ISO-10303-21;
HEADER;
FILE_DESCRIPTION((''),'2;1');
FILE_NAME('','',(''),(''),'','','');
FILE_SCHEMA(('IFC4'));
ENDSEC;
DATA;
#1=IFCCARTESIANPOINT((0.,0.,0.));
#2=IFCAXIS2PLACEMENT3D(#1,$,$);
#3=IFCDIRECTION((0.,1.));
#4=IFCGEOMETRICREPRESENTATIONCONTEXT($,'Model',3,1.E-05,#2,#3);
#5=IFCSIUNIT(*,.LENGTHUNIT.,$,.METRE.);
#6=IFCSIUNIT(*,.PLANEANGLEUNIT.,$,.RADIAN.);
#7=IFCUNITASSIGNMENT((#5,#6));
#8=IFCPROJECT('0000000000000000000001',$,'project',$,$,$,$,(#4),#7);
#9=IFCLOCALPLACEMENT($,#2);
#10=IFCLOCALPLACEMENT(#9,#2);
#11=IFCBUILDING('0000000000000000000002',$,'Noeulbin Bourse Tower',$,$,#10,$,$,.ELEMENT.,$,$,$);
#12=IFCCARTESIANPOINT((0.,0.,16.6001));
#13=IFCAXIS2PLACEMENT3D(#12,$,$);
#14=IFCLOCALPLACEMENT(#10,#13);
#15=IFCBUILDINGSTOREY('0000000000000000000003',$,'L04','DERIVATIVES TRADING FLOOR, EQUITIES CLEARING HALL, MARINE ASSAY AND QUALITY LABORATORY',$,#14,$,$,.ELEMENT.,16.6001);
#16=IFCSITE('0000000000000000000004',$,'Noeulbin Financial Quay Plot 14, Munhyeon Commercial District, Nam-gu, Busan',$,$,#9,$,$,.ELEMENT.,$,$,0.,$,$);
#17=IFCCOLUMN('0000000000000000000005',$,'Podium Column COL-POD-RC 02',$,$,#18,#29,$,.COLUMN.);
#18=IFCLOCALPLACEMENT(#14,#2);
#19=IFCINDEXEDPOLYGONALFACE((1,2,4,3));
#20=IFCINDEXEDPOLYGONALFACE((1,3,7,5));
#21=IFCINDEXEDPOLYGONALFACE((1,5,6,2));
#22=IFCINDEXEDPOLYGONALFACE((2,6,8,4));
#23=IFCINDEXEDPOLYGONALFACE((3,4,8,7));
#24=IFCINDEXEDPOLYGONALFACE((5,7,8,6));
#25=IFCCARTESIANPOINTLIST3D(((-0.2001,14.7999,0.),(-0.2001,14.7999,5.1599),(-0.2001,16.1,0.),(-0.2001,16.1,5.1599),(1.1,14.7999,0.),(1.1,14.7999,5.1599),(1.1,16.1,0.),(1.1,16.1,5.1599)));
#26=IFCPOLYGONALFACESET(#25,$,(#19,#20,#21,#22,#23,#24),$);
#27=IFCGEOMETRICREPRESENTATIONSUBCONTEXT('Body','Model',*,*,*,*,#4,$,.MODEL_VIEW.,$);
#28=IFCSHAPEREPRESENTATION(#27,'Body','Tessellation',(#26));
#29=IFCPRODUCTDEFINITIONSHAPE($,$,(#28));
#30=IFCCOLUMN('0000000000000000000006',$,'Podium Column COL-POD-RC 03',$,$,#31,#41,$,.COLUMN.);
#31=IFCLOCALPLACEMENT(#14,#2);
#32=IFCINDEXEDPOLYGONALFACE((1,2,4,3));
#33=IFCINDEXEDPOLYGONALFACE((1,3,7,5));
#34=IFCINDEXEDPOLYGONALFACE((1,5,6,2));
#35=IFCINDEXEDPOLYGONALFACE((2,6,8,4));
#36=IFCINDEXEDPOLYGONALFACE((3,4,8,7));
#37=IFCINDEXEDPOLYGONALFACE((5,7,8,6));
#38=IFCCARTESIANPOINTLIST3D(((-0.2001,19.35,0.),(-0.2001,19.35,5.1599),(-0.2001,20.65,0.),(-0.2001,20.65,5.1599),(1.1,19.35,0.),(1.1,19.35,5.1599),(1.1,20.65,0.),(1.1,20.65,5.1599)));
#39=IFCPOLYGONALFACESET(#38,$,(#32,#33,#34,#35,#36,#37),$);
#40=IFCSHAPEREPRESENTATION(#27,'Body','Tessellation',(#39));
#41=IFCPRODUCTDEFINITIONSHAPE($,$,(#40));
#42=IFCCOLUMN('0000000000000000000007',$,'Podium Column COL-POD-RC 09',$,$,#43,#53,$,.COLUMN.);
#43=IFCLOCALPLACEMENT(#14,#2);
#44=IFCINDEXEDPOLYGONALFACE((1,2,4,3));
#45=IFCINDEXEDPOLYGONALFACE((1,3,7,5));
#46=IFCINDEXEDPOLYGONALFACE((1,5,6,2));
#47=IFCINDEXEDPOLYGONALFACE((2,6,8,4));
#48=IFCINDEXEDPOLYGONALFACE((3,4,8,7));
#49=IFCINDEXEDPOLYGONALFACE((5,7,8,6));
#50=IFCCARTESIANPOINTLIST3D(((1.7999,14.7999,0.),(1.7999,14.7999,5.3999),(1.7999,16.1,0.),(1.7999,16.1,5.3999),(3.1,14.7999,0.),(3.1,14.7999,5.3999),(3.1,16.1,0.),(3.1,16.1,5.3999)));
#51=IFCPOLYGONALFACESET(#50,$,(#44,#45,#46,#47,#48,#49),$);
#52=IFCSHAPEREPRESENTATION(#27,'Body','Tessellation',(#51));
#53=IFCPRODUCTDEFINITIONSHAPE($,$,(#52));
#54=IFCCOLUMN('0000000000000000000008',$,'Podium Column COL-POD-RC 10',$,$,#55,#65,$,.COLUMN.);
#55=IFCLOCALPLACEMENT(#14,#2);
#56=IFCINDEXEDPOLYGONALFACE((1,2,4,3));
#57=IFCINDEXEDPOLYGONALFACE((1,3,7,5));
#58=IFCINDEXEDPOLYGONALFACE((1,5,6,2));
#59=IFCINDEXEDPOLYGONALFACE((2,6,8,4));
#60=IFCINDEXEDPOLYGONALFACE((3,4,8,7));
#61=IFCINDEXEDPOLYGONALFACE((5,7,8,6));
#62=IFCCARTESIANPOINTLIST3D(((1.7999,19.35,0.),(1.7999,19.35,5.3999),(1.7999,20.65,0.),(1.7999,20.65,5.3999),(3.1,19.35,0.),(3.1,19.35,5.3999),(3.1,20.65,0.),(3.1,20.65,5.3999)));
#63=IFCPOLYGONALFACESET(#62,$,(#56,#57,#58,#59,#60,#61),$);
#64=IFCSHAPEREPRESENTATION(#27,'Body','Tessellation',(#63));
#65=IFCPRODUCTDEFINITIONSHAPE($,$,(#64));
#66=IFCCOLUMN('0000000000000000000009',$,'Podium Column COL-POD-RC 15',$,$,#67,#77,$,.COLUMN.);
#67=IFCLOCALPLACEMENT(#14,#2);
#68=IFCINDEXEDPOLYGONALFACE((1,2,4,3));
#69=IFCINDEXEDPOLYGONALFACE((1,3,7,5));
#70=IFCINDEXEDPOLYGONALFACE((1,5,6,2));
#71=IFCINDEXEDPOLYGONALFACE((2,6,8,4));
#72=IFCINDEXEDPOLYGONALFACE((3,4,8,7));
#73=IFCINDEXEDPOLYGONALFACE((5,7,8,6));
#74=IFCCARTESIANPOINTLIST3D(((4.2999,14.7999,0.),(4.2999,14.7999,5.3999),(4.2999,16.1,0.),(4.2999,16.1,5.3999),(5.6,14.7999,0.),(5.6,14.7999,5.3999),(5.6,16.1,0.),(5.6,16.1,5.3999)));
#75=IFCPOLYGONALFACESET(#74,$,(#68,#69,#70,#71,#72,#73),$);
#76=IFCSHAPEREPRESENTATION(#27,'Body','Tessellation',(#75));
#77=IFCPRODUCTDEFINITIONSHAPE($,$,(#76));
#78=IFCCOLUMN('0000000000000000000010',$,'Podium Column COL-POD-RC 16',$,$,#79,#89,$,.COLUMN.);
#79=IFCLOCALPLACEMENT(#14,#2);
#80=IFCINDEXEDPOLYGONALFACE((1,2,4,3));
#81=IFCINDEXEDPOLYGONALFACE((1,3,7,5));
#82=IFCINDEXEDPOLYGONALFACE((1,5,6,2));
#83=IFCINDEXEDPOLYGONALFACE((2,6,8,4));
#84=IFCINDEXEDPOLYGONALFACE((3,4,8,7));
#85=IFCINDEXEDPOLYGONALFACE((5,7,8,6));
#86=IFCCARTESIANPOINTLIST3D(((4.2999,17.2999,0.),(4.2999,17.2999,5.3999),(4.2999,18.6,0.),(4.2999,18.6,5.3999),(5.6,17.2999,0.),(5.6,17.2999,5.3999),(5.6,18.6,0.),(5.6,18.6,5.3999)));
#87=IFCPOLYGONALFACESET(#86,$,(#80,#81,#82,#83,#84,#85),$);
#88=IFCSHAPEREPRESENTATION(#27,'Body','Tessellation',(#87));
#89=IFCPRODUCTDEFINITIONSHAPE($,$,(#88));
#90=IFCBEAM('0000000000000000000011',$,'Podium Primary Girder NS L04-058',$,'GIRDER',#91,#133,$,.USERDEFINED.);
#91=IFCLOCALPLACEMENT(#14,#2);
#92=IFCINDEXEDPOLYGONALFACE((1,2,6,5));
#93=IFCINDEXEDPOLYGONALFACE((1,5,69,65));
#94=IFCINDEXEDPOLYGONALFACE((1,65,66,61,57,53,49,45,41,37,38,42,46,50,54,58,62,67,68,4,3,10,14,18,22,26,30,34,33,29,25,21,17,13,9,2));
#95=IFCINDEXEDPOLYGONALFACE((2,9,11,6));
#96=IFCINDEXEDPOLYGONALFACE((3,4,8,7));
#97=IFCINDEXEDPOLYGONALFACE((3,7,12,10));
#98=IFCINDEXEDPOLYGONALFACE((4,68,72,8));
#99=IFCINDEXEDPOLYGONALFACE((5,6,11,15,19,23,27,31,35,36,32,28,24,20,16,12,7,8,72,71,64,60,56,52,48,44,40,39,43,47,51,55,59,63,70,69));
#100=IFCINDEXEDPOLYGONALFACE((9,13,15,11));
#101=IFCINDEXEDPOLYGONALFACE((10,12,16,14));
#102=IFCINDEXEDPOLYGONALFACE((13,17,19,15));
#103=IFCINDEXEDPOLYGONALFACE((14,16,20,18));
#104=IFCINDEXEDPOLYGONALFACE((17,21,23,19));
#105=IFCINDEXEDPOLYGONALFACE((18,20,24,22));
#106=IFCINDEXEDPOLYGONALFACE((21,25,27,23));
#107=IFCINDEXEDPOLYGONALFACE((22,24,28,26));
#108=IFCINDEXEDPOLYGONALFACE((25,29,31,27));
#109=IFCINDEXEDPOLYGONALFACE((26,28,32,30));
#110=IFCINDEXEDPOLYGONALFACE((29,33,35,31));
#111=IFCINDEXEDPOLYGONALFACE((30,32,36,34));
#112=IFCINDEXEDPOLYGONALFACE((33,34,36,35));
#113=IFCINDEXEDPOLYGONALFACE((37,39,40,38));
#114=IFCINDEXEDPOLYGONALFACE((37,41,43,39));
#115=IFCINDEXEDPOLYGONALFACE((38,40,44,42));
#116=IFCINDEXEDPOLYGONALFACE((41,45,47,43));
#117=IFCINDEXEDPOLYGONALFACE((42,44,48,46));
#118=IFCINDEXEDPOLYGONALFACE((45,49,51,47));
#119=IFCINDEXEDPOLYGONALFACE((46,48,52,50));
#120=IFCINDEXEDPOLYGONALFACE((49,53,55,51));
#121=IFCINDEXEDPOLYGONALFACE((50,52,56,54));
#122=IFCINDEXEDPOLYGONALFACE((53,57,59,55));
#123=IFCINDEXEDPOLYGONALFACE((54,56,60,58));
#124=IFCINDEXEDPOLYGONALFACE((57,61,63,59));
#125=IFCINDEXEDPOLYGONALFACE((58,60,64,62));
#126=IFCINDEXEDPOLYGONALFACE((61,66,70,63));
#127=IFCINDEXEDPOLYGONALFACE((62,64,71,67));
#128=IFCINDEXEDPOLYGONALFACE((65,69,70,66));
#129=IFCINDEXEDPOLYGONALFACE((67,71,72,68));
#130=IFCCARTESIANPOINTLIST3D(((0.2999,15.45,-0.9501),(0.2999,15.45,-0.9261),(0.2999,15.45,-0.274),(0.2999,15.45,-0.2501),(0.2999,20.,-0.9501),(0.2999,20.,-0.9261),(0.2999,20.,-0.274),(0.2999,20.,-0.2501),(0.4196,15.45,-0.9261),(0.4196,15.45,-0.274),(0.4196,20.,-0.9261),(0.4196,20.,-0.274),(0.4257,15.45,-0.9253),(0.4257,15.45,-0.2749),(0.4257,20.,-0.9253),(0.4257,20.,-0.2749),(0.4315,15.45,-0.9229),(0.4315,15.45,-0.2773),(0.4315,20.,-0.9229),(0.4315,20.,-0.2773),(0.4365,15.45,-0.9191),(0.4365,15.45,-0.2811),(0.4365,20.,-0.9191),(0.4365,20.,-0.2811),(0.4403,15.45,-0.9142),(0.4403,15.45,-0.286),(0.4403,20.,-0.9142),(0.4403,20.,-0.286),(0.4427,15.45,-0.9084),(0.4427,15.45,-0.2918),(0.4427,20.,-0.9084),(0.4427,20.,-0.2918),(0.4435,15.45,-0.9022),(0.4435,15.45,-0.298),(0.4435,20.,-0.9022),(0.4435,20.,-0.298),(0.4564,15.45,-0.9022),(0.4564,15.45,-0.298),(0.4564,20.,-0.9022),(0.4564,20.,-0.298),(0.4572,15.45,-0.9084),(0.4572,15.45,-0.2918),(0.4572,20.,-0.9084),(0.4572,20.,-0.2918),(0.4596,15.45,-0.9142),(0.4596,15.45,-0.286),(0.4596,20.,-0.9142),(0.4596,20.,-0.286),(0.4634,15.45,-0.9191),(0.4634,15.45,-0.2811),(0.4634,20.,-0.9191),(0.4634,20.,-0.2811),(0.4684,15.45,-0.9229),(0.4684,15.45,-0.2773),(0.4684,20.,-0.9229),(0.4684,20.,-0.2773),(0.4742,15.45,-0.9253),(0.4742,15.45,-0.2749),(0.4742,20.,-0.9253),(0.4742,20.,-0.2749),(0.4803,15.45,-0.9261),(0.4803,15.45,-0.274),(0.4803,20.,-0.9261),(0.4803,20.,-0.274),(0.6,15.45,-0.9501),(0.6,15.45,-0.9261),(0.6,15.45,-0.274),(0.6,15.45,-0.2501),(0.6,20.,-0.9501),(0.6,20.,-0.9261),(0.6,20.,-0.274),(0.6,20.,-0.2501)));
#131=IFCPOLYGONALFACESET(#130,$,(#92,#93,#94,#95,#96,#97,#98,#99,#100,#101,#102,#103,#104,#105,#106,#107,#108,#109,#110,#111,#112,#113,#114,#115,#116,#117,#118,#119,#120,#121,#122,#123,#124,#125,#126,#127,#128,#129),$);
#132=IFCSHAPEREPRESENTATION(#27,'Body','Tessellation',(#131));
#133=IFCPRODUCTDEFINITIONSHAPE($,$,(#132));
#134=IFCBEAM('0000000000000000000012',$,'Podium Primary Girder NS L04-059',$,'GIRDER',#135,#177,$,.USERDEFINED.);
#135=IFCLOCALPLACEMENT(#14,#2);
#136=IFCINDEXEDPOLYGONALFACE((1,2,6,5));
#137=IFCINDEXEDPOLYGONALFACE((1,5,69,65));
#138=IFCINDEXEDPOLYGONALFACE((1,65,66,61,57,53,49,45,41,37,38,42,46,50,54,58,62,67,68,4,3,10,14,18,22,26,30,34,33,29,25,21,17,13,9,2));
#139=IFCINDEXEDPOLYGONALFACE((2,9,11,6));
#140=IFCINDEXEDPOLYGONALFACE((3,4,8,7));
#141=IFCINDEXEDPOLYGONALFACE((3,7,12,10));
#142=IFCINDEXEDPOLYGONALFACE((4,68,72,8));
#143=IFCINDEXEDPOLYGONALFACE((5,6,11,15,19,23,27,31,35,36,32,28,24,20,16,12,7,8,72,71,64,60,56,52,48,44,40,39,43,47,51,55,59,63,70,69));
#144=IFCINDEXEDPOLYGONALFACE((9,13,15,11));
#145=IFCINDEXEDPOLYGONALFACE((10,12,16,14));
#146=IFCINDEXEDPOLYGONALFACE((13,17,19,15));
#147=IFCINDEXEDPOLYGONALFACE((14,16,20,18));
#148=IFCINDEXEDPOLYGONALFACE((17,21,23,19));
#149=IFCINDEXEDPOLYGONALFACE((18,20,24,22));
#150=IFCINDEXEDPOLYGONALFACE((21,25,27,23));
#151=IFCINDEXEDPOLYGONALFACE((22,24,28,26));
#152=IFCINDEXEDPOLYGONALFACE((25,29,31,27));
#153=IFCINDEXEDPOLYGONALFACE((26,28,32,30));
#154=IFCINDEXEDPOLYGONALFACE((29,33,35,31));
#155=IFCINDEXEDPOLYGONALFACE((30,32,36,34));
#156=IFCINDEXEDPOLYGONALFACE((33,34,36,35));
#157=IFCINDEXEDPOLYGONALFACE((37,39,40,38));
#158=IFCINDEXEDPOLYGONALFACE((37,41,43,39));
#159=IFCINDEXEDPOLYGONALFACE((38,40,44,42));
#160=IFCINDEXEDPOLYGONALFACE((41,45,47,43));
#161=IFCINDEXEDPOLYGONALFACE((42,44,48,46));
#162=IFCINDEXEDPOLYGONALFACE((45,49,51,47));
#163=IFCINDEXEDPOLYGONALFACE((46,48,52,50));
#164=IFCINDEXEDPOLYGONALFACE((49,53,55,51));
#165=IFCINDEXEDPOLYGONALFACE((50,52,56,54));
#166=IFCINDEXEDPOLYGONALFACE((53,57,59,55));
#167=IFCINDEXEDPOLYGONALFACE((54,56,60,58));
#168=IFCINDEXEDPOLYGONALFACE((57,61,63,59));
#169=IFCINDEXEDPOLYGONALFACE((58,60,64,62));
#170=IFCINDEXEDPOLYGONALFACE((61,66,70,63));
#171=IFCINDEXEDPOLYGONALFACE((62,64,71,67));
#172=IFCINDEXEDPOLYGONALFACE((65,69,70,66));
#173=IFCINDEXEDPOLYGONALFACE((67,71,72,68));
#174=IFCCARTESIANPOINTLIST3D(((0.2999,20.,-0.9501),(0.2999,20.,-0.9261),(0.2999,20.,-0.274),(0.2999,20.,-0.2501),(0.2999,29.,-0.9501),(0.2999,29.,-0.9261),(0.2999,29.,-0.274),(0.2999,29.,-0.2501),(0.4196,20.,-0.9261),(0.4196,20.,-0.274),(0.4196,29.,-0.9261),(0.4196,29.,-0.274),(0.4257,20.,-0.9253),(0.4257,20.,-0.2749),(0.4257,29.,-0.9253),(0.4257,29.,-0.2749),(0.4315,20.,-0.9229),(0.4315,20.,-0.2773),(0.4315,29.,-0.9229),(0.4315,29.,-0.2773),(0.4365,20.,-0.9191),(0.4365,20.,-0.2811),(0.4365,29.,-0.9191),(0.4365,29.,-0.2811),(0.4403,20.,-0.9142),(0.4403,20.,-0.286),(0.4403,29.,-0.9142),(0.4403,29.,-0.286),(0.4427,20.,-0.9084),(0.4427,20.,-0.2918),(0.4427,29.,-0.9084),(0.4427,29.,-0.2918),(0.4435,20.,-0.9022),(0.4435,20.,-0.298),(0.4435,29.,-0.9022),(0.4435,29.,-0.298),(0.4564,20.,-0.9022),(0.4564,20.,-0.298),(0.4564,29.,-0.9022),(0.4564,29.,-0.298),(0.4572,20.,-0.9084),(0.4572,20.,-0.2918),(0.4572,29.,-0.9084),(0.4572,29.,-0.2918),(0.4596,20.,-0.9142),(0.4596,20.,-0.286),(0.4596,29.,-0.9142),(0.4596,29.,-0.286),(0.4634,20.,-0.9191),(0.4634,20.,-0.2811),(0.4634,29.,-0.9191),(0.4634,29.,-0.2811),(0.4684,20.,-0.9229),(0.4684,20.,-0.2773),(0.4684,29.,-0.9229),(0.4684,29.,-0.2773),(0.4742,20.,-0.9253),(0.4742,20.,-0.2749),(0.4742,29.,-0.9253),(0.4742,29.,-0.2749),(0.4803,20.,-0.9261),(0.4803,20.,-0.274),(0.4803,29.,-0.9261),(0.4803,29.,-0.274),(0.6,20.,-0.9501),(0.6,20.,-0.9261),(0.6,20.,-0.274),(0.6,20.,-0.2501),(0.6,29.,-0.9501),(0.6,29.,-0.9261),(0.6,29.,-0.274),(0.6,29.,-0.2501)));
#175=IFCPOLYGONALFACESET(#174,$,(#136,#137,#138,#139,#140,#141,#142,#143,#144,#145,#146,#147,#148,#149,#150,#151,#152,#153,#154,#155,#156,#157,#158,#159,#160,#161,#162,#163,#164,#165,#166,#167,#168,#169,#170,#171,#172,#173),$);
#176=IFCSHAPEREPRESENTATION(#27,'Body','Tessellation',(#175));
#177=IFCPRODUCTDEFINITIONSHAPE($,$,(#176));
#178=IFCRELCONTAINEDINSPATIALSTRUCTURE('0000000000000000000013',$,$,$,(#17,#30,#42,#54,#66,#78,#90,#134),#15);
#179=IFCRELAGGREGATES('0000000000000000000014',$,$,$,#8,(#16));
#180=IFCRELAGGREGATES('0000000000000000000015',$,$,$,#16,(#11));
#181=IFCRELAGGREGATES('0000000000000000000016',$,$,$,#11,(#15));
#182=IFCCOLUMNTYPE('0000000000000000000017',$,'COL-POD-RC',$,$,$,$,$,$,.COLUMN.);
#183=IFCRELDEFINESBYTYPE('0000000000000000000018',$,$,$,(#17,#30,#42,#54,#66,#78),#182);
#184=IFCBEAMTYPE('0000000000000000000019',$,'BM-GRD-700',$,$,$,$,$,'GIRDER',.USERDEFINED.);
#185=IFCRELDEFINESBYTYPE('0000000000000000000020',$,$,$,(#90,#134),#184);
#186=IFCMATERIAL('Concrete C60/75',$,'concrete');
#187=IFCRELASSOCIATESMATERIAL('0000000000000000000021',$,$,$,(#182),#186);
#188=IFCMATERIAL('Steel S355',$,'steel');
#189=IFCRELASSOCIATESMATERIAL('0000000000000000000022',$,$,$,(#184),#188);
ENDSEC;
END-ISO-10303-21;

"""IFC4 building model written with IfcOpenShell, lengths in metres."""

from ifc_helpers import new_model, si_unit, direction, frame, origin, origin_2d, place, context, subcontext, project, spatial, rectangle, i_section, extrude, material, material_profile, profile_set, type_object, element, save


model = new_model("IFC4")

# Units and contexts
model_context = context("Model", 3, precision=1e-05, world=origin(), true_north=direction((0.0, 1.0)))
body_context = subcontext(model_context, "Body", "Model", "MODEL_VIEW")
ifc_project = project(units=[si_unit("LENGTHUNIT", "METRE"), si_unit("PLANEANGLEUNIT", "RADIAN")], contexts=[model_context])

# Site, building, storey
site_placement = place(None, origin())
site = spatial("IfcSite", under=ifc_project, at=site_placement, Name="Noeulbin Financial Quay Plot 14, Munhyeon Commercial District, Nam-gu, Busan", CompositionType="ELEMENT", RefElevation=0.0)
building_placement = place(site_placement, origin())
building = spatial("IfcBuilding", under=site, at=building_placement, Name="Noeulbin Bourse Tower", CompositionType="ELEMENT")
storey_placement = place(building_placement, frame((0.0, 0.0, 16.6001)))
storey = spatial("IfcBuildingStorey", under=building, at=storey_placement, Name="L04", Description="DERIVATIVES TRADING FLOOR, EQUITIES CLEARING HALL, MARINE ASSAY AND QUALITY LABORATORY", CompositionType="ELEMENT", Elevation=16.6001)

# Columns
ifc_material_1 = material(Name="Concrete C60/75", Category="concrete")
ifc_material_profile_1 = material_profile(ifc_material_1, rectangle(XDim=1.3, YDim=1.3, at=origin_2d()), Name="RC-COL-1300x1300", Category="LoadBearing")
ifc_profile_set_1 = profile_set([ifc_material_profile_1], Name="Concrete C60/75")
column_type = type_object("IfcColumnType", Name="COL-POD-RC", PredefinedType="COLUMN", material=ifc_profile_set_1)
for number, where, z_axis, x_axis, name in (
    (1, (0.45, 15.45, 0.0), (0.0, 0.0, 1.0), (1.0, 0.0, 0.0), "Podium Column COL-POD-RC 02"),
    (2, (0.45, 20.0, 0.0), (0.0, 0.0, 1.0), (1.0, 0.0, 0.0), "Podium Column COL-POD-RC 03"),
):
    element("IfcColumn", number, at=place(storey_placement, frame(where, z_axis=z_axis, x_axis=x_axis)), inside=storey, type_object=column_type, Name=name, PredefinedType="COLUMN", context=body_context, shape_type="SweptSolid", body=[
        extrude(rectangle(XDim=1.3, YDim=1.3, at=origin_2d()), origin(), (0.0, 0.0, 1.0), 5.1599),
    ])
for number, where, z_axis, x_axis, name in (
    (3, (2.45, 15.45, 0.0), (0.0, 0.0, 1.0), (1.0, 0.0, 0.0), "Podium Column COL-POD-RC 09"),
    (4, (2.45, 20.0, 0.0), (0.0, 0.0, 1.0), (1.0, 0.0, 0.0), "Podium Column COL-POD-RC 10"),
    (5, (4.95, 15.45, 0.0), (0.0, 0.0, 1.0), (1.0, 0.0, 0.0), "Podium Column COL-POD-RC 15"),
    (6, (4.95, 17.95, 0.0), (0.0, 0.0, 1.0), (1.0, 0.0, 0.0), "Podium Column COL-POD-RC 16"),
):
    element("IfcColumn", number, at=place(storey_placement, frame(where, z_axis=z_axis, x_axis=x_axis)), inside=storey, type_object=column_type, Name=name, PredefinedType="COLUMN", context=body_context, shape_type="SweptSolid", body=[
        extrude(rectangle(XDim=1.3, YDim=1.3, at=origin_2d()), origin(), (0.0, 0.0, 1.0), 5.3999),
    ])

# Beams
ifc_material_2 = material(Name="Steel S355", Category="steel")
ifc_material_profile_2 = material_profile(ifc_material_2, i_section(OverallWidth=0.3, OverallDepth=0.7, WebThickness=0.0129, FlangeThickness=0.0239, FilletRadius=0.0239, at=origin_2d()), Name="H-700x300x13x24", Category="LoadBearing")
ifc_profile_set_2 = profile_set([ifc_material_profile_2], Name="Steel S355")
beam_type_1 = type_object("IfcBeamType", Name="BM-GRD-700", ElementType="GIRDER", PredefinedType="USERDEFINED", material=ifc_profile_set_2)
beam_1_placement = place(storey_placement, frame((0.45, 15.45, -0.6001), z_axis=(0.0, 1.0, 0.0), x_axis=(-1.0, 0.0, 0.0)))
element("IfcBeam", 7, at=beam_1_placement, inside=storey, type_object=beam_type_1, Name="Podium Primary Girder NS L04-058", ObjectType="GIRDER", PredefinedType="USERDEFINED", context=body_context, shape_type="SweptSolid", body=[
    extrude(i_section(OverallWidth=0.3, OverallDepth=0.7, WebThickness=0.0129, FlangeThickness=0.0239, FilletRadius=0.0239, at=origin_2d()), origin(), (0.0, 0.0, 1.0), 4.55),
])
beam_2_placement = place(storey_placement, frame((0.45, 20.0, -0.6001), z_axis=(0.0, 1.0, 0.0), x_axis=(-1.0, 0.0, 0.0)))
element("IfcBeam", 8, at=beam_2_placement, inside=storey, type_object=beam_type_1, Name="Podium Primary Girder NS L04-059", ObjectType="GIRDER", PredefinedType="USERDEFINED", context=body_context, shape_type="SweptSolid", body=[
    extrude(i_section(OverallWidth=0.3, OverallDepth=0.7, WebThickness=0.0129, FlangeThickness=0.0239, FilletRadius=0.0239, at=origin_2d()), origin(), (0.0, 0.0, 1.0), 9.0),
])

save(model, "model.ifc")
